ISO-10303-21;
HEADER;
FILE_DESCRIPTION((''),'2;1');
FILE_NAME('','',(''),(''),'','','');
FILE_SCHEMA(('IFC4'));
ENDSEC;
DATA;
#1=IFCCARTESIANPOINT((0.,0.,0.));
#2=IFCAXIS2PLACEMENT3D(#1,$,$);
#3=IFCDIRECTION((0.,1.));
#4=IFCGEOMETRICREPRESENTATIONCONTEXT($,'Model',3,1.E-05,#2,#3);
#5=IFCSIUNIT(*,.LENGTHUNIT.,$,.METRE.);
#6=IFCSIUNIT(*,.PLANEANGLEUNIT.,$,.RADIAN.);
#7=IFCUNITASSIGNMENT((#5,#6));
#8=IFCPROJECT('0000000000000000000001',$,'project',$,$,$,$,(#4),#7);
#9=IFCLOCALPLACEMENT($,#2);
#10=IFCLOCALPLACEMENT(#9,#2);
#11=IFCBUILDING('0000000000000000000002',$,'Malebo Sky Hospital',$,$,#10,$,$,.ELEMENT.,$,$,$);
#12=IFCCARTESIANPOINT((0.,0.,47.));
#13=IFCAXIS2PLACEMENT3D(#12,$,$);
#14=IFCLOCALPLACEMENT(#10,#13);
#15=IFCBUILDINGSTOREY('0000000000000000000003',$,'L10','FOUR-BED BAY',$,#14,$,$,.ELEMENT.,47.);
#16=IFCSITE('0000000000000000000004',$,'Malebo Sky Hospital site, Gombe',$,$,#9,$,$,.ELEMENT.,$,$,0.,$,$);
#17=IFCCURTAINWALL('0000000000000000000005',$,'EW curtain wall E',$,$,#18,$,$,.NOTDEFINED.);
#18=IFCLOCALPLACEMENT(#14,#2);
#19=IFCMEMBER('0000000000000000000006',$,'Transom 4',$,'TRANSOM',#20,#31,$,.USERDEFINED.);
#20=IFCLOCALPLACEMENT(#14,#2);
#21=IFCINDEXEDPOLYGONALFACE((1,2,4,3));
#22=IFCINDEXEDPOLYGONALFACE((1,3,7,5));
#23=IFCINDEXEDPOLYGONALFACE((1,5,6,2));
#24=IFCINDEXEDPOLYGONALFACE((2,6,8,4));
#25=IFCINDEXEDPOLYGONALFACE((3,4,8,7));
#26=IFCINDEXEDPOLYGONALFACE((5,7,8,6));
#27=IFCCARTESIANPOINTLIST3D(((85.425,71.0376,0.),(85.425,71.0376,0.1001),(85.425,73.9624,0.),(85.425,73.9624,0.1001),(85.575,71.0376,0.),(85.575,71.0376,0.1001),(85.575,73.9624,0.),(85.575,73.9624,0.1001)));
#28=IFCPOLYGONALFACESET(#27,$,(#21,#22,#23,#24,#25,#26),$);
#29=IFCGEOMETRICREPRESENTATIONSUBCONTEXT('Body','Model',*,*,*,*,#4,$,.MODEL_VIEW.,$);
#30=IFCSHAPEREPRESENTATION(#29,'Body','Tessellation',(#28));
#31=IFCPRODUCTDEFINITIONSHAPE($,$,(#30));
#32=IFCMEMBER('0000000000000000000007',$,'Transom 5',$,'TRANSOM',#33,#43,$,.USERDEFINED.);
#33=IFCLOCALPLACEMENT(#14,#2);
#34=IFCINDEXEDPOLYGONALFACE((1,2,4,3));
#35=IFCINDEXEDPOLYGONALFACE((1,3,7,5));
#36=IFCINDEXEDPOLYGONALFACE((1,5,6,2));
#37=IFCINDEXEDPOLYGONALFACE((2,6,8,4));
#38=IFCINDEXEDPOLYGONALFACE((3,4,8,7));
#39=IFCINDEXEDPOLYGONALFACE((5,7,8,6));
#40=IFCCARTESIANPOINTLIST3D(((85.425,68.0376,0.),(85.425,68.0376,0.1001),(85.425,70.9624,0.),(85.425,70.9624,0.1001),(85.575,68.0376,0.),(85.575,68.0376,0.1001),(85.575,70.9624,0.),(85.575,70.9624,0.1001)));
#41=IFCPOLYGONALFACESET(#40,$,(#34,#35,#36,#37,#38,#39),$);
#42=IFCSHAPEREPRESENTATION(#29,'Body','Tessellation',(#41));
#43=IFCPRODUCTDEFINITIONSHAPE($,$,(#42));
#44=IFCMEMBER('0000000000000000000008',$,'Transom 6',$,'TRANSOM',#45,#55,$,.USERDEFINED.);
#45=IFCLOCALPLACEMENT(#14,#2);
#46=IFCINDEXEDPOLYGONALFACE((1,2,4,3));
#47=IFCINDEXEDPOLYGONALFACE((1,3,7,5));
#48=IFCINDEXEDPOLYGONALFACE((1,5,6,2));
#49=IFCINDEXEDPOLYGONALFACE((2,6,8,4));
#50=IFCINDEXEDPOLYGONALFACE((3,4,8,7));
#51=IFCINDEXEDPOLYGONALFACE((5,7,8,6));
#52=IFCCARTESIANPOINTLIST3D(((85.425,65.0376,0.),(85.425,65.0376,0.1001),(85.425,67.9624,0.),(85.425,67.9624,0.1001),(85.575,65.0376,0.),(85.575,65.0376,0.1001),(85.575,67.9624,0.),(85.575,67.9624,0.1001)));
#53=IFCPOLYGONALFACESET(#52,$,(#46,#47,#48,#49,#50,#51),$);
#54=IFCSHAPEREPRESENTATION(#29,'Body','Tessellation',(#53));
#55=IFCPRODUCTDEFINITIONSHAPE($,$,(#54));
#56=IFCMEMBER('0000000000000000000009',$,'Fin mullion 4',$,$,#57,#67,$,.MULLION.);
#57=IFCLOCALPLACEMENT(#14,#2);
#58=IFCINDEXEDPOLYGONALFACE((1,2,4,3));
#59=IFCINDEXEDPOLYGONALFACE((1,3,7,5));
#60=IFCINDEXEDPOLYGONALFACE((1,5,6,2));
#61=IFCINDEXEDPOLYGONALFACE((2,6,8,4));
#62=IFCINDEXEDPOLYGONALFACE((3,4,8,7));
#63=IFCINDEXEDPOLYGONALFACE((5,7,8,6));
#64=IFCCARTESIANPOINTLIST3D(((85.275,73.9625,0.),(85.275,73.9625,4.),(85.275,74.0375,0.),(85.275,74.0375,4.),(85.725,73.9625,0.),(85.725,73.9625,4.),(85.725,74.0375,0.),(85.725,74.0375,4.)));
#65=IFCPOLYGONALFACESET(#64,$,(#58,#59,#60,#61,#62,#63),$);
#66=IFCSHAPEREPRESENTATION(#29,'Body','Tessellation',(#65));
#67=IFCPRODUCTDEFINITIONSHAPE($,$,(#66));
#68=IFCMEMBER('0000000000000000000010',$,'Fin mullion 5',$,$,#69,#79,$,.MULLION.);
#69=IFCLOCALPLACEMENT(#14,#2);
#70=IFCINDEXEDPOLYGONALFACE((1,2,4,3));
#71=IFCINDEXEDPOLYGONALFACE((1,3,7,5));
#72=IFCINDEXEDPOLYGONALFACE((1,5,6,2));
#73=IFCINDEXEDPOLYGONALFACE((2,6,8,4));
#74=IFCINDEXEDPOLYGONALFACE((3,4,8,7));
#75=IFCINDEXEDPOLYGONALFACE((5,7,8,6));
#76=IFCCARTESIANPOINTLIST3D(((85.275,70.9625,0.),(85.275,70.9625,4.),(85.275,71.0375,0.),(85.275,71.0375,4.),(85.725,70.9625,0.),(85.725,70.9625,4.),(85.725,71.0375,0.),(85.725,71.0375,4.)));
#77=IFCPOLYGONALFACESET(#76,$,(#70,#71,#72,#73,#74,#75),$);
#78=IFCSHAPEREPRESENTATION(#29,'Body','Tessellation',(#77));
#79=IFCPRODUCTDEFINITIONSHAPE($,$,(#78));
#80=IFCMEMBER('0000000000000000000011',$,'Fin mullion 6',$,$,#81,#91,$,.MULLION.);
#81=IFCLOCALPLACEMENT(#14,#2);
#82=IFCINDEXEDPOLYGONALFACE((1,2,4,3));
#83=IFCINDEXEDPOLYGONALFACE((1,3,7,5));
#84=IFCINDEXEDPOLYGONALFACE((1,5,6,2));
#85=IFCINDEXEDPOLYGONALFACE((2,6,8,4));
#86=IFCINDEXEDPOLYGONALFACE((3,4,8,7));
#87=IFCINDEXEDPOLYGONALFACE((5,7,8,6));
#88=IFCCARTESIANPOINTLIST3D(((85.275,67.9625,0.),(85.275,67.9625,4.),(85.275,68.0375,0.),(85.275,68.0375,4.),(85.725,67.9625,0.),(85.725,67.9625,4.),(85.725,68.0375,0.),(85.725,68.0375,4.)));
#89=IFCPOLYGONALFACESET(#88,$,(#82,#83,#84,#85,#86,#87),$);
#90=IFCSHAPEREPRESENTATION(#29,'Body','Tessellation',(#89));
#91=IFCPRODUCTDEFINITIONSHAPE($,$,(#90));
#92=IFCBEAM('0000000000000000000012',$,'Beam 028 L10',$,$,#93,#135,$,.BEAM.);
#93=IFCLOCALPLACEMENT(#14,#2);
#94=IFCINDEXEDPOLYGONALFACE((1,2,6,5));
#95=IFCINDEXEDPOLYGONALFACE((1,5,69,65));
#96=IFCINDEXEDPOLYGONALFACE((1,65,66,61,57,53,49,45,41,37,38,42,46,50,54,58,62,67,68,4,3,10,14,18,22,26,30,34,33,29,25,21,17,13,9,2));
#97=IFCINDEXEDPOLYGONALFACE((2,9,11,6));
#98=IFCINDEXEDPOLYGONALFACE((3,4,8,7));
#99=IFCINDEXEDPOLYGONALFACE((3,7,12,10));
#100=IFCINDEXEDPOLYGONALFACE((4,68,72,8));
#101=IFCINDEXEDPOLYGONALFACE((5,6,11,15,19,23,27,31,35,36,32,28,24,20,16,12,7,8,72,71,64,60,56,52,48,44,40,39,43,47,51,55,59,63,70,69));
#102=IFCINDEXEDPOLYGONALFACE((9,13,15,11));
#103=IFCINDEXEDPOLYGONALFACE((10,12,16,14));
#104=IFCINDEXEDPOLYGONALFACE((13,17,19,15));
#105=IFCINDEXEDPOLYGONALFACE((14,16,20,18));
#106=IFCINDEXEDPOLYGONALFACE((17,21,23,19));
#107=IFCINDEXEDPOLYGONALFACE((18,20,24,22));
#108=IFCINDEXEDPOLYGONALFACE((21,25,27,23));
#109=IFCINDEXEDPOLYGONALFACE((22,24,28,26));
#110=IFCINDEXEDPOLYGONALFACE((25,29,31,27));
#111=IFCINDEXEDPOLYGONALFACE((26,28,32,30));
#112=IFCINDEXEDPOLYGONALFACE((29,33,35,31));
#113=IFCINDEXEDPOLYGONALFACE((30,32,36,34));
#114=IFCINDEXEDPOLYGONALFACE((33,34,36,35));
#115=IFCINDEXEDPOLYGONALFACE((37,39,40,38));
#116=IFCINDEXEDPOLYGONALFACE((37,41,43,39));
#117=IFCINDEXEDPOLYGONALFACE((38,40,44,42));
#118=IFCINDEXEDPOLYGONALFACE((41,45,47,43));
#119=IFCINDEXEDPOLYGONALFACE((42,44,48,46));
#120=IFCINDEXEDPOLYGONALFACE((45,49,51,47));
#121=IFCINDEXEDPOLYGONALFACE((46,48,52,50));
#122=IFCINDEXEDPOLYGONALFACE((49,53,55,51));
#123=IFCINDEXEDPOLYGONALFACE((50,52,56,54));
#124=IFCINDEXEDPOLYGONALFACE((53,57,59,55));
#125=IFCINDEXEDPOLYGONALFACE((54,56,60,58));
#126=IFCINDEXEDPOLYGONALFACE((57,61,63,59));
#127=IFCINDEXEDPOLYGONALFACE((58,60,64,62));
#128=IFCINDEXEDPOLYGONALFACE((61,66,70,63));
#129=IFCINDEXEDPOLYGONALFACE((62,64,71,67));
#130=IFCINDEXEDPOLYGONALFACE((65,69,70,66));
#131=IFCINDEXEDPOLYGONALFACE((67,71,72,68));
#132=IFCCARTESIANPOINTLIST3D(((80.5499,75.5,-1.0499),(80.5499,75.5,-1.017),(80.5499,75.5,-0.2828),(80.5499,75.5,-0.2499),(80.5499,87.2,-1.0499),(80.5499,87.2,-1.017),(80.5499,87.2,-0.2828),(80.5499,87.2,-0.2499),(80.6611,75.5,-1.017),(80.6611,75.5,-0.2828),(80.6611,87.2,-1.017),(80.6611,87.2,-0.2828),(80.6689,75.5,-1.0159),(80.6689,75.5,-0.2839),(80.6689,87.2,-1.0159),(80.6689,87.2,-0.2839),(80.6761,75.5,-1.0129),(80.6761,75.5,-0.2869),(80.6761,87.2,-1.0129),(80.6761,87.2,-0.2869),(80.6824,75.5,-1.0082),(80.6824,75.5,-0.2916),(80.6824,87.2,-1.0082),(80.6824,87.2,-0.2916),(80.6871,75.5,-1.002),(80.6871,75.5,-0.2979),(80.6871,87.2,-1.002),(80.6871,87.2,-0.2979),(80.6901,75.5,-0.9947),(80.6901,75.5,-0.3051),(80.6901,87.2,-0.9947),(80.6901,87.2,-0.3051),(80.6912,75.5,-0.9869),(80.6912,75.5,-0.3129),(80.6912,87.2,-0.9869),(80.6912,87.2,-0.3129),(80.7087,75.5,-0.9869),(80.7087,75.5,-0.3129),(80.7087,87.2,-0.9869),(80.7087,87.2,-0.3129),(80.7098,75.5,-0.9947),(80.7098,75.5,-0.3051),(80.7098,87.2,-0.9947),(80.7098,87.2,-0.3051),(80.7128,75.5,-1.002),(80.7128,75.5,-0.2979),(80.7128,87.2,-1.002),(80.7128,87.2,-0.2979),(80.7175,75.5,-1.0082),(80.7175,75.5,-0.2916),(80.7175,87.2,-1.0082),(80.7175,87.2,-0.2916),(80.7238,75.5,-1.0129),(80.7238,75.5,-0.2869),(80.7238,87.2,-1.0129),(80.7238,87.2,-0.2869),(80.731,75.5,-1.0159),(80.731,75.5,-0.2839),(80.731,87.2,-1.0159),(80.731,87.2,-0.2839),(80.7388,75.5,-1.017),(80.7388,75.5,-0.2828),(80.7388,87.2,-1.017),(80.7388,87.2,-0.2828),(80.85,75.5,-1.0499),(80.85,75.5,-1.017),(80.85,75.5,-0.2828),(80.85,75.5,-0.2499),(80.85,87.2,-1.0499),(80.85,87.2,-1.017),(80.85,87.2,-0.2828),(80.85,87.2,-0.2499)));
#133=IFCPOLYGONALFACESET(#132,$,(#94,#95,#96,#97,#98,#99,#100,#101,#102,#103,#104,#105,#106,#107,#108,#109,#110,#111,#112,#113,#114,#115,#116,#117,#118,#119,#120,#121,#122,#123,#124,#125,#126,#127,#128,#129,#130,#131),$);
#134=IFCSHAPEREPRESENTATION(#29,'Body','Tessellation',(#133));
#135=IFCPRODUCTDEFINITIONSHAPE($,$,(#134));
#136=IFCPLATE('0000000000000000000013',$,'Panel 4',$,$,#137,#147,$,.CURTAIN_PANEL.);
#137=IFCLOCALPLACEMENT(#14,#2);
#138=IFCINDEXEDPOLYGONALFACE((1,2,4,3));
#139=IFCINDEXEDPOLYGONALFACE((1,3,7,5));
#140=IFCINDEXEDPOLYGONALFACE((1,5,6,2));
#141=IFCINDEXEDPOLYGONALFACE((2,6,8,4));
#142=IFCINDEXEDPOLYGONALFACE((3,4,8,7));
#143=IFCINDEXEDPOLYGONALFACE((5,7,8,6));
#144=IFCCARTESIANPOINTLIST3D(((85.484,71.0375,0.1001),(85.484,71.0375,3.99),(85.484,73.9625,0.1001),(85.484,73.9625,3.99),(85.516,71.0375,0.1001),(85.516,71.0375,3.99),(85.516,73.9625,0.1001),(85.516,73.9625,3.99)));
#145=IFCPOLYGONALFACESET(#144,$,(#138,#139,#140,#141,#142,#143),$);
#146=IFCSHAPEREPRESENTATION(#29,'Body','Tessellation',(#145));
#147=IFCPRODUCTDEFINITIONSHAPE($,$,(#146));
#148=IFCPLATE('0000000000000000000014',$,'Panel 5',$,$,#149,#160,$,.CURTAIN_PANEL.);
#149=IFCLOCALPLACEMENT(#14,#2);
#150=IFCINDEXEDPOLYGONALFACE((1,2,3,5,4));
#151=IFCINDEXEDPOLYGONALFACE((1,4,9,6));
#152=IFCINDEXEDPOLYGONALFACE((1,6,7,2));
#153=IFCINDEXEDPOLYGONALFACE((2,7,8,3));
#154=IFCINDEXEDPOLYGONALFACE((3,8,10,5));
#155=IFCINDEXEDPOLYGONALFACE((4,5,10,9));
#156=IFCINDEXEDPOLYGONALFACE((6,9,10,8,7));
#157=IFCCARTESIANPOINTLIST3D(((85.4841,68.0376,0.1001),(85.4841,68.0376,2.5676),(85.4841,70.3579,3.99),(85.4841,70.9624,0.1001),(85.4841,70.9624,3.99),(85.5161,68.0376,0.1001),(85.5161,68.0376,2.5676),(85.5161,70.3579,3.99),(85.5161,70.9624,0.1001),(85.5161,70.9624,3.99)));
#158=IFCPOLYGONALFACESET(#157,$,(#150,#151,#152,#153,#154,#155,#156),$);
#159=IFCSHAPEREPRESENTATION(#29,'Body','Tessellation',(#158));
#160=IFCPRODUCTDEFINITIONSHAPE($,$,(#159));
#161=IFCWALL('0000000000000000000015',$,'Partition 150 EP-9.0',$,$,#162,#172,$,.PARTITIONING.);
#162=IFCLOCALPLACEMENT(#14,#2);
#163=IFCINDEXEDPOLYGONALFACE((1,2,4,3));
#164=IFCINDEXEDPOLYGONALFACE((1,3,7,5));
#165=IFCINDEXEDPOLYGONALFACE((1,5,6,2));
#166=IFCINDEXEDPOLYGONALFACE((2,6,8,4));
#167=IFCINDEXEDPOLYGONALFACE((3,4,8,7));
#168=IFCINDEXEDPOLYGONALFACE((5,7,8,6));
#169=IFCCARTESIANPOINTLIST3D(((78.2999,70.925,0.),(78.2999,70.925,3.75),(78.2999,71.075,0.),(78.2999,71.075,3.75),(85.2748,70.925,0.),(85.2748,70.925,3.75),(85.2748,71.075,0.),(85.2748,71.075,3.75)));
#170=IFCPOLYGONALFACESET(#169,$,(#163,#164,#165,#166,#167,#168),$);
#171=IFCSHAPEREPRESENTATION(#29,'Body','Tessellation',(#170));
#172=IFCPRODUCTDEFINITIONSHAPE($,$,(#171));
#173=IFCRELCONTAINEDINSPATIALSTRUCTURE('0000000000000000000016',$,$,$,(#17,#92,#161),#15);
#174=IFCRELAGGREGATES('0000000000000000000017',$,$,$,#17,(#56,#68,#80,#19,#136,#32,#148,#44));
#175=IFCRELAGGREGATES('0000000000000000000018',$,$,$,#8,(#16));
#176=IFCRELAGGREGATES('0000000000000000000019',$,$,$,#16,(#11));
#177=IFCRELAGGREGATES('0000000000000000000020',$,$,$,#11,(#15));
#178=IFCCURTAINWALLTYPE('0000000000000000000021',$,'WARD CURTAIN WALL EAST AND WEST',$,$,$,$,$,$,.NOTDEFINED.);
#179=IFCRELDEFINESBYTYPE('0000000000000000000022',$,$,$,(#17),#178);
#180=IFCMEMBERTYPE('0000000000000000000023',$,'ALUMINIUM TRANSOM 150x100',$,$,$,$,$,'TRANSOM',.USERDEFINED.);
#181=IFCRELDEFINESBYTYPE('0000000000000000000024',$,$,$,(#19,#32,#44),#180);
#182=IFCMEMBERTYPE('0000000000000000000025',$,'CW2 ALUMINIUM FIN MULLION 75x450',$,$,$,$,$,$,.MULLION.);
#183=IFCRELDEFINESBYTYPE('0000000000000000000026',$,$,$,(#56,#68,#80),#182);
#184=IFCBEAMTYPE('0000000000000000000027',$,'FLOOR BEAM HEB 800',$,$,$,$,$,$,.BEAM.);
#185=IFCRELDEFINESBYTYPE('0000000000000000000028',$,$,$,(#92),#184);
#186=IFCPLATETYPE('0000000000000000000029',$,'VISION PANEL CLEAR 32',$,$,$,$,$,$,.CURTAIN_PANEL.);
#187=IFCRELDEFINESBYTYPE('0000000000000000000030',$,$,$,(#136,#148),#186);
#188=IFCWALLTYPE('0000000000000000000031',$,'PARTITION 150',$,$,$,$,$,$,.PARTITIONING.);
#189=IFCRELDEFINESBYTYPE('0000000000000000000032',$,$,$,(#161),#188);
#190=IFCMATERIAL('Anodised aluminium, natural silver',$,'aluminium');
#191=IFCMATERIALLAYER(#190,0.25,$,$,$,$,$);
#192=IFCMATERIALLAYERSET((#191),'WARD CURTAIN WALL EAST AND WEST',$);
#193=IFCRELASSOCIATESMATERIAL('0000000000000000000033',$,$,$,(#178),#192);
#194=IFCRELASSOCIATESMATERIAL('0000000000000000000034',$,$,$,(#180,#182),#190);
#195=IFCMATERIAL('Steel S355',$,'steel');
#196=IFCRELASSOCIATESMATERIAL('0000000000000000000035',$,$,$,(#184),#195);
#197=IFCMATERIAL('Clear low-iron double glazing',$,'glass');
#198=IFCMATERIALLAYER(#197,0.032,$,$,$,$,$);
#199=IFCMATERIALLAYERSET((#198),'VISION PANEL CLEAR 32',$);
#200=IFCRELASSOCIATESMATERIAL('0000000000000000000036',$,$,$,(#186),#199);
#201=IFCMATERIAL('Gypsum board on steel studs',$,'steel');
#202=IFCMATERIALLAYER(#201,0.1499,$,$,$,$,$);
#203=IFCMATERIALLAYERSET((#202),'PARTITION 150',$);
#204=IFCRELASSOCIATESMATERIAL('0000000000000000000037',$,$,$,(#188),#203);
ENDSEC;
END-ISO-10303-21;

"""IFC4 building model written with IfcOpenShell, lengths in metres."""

from ifc_helpers import new_model, si_unit, direction, frame, frame_2d, origin, origin_2d, place, context, subcontext, project, spatial, polyline, rectangle, i_section, outline, extrude, material, layer, layer_set, material_profile, profile_set, type_object, element, aggregate, save


model = new_model("IFC4")

# Units and contexts
model_context = context("Model", 3, precision=1e-05, world=origin(), true_north=direction((0.0, 1.0)))
body_context = subcontext(model_context, "Body", "Model", "MODEL_VIEW")
ifc_project = project(units=[si_unit("LENGTHUNIT", "METRE"), si_unit("PLANEANGLEUNIT", "RADIAN")], contexts=[model_context])

# Site, building, storey
site_placement = place(None, origin())
site = spatial("IfcSite", under=ifc_project, at=site_placement, Name="Malebo Sky Hospital site, Gombe", CompositionType="ELEMENT", RefElevation=0.0)
building_placement = place(site_placement, origin())
building = spatial("IfcBuilding", under=site, at=building_placement, Name="Malebo Sky Hospital", CompositionType="ELEMENT")
storey_placement = place(building_placement, frame((0.0, 0.0, 47.0)))
storey = spatial("IfcBuildingStorey", under=building, at=storey_placement, Name="L10", Description="FOUR-BED BAY", CompositionType="ELEMENT", Elevation=47.0)

# Curtain wall, members
ifc_material_1 = material(Name="Anodised aluminium, natural silver", Category="aluminium")
ifc_layer_1 = layer(ifc_material_1, 0.25)
ifc_layer_set_1 = layer_set([ifc_layer_1], Name="WARD CURTAIN WALL EAST AND WEST")
curtain_wall_type = type_object("IfcCurtainWallType", Name="WARD CURTAIN WALL EAST AND WEST", PredefinedType="NOTDEFINED", material=ifc_layer_set_1)
curtain_wall_placement = place(storey_placement, origin())
curtain_wall = element("IfcCurtainWall", 1, at=curtain_wall_placement, inside=storey, type_object=curtain_wall_type, Name="EW curtain wall E", PredefinedType="NOTDEFINED")
ifc_material_profile_1 = material_profile(ifc_material_1, rectangle(XDim=0.1499, YDim=0.1001, at=origin_2d()), Name="ALUMINIUM TRANSOM 150x100")
ifc_profile_set_1 = profile_set([ifc_material_profile_1], Name="Anodised aluminium, natural silver")
member_type_1 = type_object("IfcMemberType", Name="ALUMINIUM TRANSOM 150x100", ElementType="TRANSOM", PredefinedType="USERDEFINED", material=ifc_profile_set_1)
member_1_placement = place(storey_placement, frame((85.5, 73.9624, 0.05), z_axis=(0.0, -1.0, 0.0), x_axis=(1.0, 0.0, 0.0)))
member_1 = element("IfcMember", 2, at=member_1_placement, type_object=member_type_1, Name="Transom 4", ObjectType="TRANSOM", PredefinedType="USERDEFINED", context=body_context, shape_type="SweptSolid", body=[
    extrude(rectangle(XDim=0.1499, YDim=0.1001, at=origin_2d()), origin(), (0.0, 0.0, 1.0), 2.9248),
])
member_2_placement = place(storey_placement, frame((85.5, 70.9624, 0.05), z_axis=(0.0, -1.0, 0.0), x_axis=(1.0, 0.0, 0.0)))
member_2 = element("IfcMember", 3, at=member_2_placement, type_object=member_type_1, Name="Transom 5", ObjectType="TRANSOM", PredefinedType="USERDEFINED", context=body_context, shape_type="SweptSolid", body=[
    extrude(rectangle(XDim=0.1499, YDim=0.1001, at=origin_2d()), origin(), (0.0, 0.0, 1.0), 2.9248),
])
member_3_placement = place(storey_placement, frame((85.5, 67.9624, 0.05), z_axis=(0.0, -1.0, 0.0), x_axis=(1.0, 0.0, 0.0)))
member_3 = element("IfcMember", 4, at=member_3_placement, type_object=member_type_1, Name="Transom 6", ObjectType="TRANSOM", PredefinedType="USERDEFINED", context=body_context, shape_type="SweptSolid", body=[
    extrude(rectangle(XDim=0.1499, YDim=0.1001, at=origin_2d()), origin(), (0.0, 0.0, 1.0), 2.9248),
])
ifc_material_profile_2 = material_profile(ifc_material_1, rectangle(XDim=0.075, YDim=0.45, at=origin_2d()), Name="CW2 ALUMINIUM FIN MULLION 75x450")
ifc_profile_set_2 = profile_set([ifc_material_profile_2], Name="Anodised aluminium, natural silver")
member_type_2 = type_object("IfcMemberType", Name="CW2 ALUMINIUM FIN MULLION 75x450", PredefinedType="MULLION", material=ifc_profile_set_2)
member_4_placement = place(storey_placement, frame((85.5, 74.0, 0.0), z_axis=(0.0, 0.0, 1.0), x_axis=(0.0, -1.0, 0.0)))
member_4 = element("IfcMember", 5, at=member_4_placement, type_object=member_type_2, Name="Fin mullion 4", PredefinedType="MULLION", context=body_context, shape_type="SweptSolid", body=[
    extrude(rectangle(XDim=0.075, YDim=0.45, at=origin_2d()), origin(), (0.0, 0.0, 1.0), 4.0),
])
member_5_placement = place(storey_placement, frame((85.5, 71.0, 0.0), z_axis=(0.0, 0.0, 1.0), x_axis=(0.0, -1.0, 0.0)))
member_5 = element("IfcMember", 6, at=member_5_placement, type_object=member_type_2, Name="Fin mullion 5", PredefinedType="MULLION", context=body_context, shape_type="SweptSolid", body=[
    extrude(rectangle(XDim=0.075, YDim=0.45, at=origin_2d()), origin(), (0.0, 0.0, 1.0), 4.0),
])
member_6_placement = place(storey_placement, frame((85.5, 68.0, 0.0), z_axis=(0.0, 0.0, 1.0), x_axis=(0.0, -1.0, 0.0)))
member_6 = element("IfcMember", 7, at=member_6_placement, type_object=member_type_2, Name="Fin mullion 6", PredefinedType="MULLION", context=body_context, shape_type="SweptSolid", body=[
    extrude(rectangle(XDim=0.075, YDim=0.45, at=origin_2d()), origin(), (0.0, 0.0, 1.0), 4.0),
])

# Beam
ifc_material_2 = material(Name="Steel S355", Category="steel")
ifc_material_profile_3 = material_profile(ifc_material_2, i_section(OverallWidth=0.3, OverallDepth=0.8, WebThickness=0.0176, FlangeThickness=0.033, FilletRadius=0.03, at=origin_2d()), Name="HEB 800")
ifc_profile_set_3 = profile_set([ifc_material_profile_3], Name="Steel S355")
beam_type = type_object("IfcBeamType", Name="FLOOR BEAM HEB 800", PredefinedType="BEAM", material=ifc_profile_set_3)
beam_placement = place(storey_placement, frame((80.7, 75.5, -0.6499), z_axis=(0.0, 1.0, 0.0), x_axis=(-1.0, 0.0, 0.0)))
element("IfcBeam", 8, at=beam_placement, inside=storey, type_object=beam_type, Name="Beam 028 L10", PredefinedType="BEAM", context=body_context, shape_type="SweptSolid", body=[
    extrude(i_section(OverallWidth=0.3, OverallDepth=0.8, WebThickness=0.0176, FlangeThickness=0.033, FilletRadius=0.03, at=origin_2d()), origin(), (0.0, 0.0, 1.0), 11.7),
])

# Plates
ifc_material_3 = material(Name="Clear low-iron double glazing", Category="glass")
ifc_layer_2 = layer(ifc_material_3, 0.032)
ifc_layer_set_2 = layer_set([ifc_layer_2], Name="VISION PANEL CLEAR 32")
plate_type = type_object("IfcPlateType", Name="VISION PANEL CLEAR 32", PredefinedType="CURTAIN_PANEL", material=ifc_layer_set_2)
plate_1_placement = place(storey_placement, frame((85.5, 72.5, 0.1001), z_axis=(0.0, 0.0, 1.0), x_axis=(0.0, -1.0, 0.0)))
plate_1 = element("IfcPlate", 9, at=plate_1_placement, type_object=plate_type, Name="Panel 4", PredefinedType="CURTAIN_PANEL", context=body_context, shape_type="SweptSolid", body=[
    extrude(rectangle(XDim=2.925, YDim=0.032, at=origin_2d()), origin(), (0.0, 0.0, 1.0), 3.8899),
])
plate_2_placement = place(storey_placement, frame((85.5, 69.5, 0.1001), z_axis=(0.0, 0.0, 1.0), x_axis=(0.0, -1.0, 0.0)))
plate_2 = element("IfcPlate", 10, at=plate_2_placement, type_object=plate_type, Name="Panel 5", PredefinedType="CURTAIN_PANEL", context=body_context, shape_type="SweptSolid", body=[
    extrude(outline(polyline([(-1.4624, 0.0), (1.4624, 0.0), (1.4624, 2.4675), (-0.8579, 3.8899), (-1.4624, 3.8899), (-1.4624, 0.0)])), frame((0.0, 0.0161, 0.0), z_axis=(0.0, -1.0, 0.0), x_axis=(1.0, 0.0, 0.0)), (0.0, 0.0, 1.0), 0.032),
])
aggregate(curtain_wall, [member_4, member_5, member_6, member_1, plate_1, member_2, plate_2, member_3])

# Wall
ifc_material_4 = material(Name="Gypsum board on steel studs", Category="steel")
ifc_layer_3 = layer(ifc_material_4, 0.1499)
ifc_layer_set_3 = layer_set([ifc_layer_3], Name="PARTITION 150")
wall_type = type_object("IfcWallType", Name="PARTITION 150", PredefinedType="PARTITIONING", material=ifc_layer_set_3)
wall_1_placement = place(storey_placement, frame((78.3, 71.0, 0.0), z_axis=(0.0, 0.0, 1.0), x_axis=(1.0, 0.0, 0.0)))
element("IfcWall", 11, at=wall_1_placement, inside=storey, type_object=wall_type, Name="Partition 150 EP-9.0", PredefinedType="PARTITIONING", context=body_context, shape_type="SweptSolid", body=[
    extrude(rectangle(XDim=6.9749, YDim=0.1499, at=frame_2d((3.4873, 0.0))), origin(), (0.0, 0.0, 1.0), 3.75),
])

save(model, "model.ifc")
